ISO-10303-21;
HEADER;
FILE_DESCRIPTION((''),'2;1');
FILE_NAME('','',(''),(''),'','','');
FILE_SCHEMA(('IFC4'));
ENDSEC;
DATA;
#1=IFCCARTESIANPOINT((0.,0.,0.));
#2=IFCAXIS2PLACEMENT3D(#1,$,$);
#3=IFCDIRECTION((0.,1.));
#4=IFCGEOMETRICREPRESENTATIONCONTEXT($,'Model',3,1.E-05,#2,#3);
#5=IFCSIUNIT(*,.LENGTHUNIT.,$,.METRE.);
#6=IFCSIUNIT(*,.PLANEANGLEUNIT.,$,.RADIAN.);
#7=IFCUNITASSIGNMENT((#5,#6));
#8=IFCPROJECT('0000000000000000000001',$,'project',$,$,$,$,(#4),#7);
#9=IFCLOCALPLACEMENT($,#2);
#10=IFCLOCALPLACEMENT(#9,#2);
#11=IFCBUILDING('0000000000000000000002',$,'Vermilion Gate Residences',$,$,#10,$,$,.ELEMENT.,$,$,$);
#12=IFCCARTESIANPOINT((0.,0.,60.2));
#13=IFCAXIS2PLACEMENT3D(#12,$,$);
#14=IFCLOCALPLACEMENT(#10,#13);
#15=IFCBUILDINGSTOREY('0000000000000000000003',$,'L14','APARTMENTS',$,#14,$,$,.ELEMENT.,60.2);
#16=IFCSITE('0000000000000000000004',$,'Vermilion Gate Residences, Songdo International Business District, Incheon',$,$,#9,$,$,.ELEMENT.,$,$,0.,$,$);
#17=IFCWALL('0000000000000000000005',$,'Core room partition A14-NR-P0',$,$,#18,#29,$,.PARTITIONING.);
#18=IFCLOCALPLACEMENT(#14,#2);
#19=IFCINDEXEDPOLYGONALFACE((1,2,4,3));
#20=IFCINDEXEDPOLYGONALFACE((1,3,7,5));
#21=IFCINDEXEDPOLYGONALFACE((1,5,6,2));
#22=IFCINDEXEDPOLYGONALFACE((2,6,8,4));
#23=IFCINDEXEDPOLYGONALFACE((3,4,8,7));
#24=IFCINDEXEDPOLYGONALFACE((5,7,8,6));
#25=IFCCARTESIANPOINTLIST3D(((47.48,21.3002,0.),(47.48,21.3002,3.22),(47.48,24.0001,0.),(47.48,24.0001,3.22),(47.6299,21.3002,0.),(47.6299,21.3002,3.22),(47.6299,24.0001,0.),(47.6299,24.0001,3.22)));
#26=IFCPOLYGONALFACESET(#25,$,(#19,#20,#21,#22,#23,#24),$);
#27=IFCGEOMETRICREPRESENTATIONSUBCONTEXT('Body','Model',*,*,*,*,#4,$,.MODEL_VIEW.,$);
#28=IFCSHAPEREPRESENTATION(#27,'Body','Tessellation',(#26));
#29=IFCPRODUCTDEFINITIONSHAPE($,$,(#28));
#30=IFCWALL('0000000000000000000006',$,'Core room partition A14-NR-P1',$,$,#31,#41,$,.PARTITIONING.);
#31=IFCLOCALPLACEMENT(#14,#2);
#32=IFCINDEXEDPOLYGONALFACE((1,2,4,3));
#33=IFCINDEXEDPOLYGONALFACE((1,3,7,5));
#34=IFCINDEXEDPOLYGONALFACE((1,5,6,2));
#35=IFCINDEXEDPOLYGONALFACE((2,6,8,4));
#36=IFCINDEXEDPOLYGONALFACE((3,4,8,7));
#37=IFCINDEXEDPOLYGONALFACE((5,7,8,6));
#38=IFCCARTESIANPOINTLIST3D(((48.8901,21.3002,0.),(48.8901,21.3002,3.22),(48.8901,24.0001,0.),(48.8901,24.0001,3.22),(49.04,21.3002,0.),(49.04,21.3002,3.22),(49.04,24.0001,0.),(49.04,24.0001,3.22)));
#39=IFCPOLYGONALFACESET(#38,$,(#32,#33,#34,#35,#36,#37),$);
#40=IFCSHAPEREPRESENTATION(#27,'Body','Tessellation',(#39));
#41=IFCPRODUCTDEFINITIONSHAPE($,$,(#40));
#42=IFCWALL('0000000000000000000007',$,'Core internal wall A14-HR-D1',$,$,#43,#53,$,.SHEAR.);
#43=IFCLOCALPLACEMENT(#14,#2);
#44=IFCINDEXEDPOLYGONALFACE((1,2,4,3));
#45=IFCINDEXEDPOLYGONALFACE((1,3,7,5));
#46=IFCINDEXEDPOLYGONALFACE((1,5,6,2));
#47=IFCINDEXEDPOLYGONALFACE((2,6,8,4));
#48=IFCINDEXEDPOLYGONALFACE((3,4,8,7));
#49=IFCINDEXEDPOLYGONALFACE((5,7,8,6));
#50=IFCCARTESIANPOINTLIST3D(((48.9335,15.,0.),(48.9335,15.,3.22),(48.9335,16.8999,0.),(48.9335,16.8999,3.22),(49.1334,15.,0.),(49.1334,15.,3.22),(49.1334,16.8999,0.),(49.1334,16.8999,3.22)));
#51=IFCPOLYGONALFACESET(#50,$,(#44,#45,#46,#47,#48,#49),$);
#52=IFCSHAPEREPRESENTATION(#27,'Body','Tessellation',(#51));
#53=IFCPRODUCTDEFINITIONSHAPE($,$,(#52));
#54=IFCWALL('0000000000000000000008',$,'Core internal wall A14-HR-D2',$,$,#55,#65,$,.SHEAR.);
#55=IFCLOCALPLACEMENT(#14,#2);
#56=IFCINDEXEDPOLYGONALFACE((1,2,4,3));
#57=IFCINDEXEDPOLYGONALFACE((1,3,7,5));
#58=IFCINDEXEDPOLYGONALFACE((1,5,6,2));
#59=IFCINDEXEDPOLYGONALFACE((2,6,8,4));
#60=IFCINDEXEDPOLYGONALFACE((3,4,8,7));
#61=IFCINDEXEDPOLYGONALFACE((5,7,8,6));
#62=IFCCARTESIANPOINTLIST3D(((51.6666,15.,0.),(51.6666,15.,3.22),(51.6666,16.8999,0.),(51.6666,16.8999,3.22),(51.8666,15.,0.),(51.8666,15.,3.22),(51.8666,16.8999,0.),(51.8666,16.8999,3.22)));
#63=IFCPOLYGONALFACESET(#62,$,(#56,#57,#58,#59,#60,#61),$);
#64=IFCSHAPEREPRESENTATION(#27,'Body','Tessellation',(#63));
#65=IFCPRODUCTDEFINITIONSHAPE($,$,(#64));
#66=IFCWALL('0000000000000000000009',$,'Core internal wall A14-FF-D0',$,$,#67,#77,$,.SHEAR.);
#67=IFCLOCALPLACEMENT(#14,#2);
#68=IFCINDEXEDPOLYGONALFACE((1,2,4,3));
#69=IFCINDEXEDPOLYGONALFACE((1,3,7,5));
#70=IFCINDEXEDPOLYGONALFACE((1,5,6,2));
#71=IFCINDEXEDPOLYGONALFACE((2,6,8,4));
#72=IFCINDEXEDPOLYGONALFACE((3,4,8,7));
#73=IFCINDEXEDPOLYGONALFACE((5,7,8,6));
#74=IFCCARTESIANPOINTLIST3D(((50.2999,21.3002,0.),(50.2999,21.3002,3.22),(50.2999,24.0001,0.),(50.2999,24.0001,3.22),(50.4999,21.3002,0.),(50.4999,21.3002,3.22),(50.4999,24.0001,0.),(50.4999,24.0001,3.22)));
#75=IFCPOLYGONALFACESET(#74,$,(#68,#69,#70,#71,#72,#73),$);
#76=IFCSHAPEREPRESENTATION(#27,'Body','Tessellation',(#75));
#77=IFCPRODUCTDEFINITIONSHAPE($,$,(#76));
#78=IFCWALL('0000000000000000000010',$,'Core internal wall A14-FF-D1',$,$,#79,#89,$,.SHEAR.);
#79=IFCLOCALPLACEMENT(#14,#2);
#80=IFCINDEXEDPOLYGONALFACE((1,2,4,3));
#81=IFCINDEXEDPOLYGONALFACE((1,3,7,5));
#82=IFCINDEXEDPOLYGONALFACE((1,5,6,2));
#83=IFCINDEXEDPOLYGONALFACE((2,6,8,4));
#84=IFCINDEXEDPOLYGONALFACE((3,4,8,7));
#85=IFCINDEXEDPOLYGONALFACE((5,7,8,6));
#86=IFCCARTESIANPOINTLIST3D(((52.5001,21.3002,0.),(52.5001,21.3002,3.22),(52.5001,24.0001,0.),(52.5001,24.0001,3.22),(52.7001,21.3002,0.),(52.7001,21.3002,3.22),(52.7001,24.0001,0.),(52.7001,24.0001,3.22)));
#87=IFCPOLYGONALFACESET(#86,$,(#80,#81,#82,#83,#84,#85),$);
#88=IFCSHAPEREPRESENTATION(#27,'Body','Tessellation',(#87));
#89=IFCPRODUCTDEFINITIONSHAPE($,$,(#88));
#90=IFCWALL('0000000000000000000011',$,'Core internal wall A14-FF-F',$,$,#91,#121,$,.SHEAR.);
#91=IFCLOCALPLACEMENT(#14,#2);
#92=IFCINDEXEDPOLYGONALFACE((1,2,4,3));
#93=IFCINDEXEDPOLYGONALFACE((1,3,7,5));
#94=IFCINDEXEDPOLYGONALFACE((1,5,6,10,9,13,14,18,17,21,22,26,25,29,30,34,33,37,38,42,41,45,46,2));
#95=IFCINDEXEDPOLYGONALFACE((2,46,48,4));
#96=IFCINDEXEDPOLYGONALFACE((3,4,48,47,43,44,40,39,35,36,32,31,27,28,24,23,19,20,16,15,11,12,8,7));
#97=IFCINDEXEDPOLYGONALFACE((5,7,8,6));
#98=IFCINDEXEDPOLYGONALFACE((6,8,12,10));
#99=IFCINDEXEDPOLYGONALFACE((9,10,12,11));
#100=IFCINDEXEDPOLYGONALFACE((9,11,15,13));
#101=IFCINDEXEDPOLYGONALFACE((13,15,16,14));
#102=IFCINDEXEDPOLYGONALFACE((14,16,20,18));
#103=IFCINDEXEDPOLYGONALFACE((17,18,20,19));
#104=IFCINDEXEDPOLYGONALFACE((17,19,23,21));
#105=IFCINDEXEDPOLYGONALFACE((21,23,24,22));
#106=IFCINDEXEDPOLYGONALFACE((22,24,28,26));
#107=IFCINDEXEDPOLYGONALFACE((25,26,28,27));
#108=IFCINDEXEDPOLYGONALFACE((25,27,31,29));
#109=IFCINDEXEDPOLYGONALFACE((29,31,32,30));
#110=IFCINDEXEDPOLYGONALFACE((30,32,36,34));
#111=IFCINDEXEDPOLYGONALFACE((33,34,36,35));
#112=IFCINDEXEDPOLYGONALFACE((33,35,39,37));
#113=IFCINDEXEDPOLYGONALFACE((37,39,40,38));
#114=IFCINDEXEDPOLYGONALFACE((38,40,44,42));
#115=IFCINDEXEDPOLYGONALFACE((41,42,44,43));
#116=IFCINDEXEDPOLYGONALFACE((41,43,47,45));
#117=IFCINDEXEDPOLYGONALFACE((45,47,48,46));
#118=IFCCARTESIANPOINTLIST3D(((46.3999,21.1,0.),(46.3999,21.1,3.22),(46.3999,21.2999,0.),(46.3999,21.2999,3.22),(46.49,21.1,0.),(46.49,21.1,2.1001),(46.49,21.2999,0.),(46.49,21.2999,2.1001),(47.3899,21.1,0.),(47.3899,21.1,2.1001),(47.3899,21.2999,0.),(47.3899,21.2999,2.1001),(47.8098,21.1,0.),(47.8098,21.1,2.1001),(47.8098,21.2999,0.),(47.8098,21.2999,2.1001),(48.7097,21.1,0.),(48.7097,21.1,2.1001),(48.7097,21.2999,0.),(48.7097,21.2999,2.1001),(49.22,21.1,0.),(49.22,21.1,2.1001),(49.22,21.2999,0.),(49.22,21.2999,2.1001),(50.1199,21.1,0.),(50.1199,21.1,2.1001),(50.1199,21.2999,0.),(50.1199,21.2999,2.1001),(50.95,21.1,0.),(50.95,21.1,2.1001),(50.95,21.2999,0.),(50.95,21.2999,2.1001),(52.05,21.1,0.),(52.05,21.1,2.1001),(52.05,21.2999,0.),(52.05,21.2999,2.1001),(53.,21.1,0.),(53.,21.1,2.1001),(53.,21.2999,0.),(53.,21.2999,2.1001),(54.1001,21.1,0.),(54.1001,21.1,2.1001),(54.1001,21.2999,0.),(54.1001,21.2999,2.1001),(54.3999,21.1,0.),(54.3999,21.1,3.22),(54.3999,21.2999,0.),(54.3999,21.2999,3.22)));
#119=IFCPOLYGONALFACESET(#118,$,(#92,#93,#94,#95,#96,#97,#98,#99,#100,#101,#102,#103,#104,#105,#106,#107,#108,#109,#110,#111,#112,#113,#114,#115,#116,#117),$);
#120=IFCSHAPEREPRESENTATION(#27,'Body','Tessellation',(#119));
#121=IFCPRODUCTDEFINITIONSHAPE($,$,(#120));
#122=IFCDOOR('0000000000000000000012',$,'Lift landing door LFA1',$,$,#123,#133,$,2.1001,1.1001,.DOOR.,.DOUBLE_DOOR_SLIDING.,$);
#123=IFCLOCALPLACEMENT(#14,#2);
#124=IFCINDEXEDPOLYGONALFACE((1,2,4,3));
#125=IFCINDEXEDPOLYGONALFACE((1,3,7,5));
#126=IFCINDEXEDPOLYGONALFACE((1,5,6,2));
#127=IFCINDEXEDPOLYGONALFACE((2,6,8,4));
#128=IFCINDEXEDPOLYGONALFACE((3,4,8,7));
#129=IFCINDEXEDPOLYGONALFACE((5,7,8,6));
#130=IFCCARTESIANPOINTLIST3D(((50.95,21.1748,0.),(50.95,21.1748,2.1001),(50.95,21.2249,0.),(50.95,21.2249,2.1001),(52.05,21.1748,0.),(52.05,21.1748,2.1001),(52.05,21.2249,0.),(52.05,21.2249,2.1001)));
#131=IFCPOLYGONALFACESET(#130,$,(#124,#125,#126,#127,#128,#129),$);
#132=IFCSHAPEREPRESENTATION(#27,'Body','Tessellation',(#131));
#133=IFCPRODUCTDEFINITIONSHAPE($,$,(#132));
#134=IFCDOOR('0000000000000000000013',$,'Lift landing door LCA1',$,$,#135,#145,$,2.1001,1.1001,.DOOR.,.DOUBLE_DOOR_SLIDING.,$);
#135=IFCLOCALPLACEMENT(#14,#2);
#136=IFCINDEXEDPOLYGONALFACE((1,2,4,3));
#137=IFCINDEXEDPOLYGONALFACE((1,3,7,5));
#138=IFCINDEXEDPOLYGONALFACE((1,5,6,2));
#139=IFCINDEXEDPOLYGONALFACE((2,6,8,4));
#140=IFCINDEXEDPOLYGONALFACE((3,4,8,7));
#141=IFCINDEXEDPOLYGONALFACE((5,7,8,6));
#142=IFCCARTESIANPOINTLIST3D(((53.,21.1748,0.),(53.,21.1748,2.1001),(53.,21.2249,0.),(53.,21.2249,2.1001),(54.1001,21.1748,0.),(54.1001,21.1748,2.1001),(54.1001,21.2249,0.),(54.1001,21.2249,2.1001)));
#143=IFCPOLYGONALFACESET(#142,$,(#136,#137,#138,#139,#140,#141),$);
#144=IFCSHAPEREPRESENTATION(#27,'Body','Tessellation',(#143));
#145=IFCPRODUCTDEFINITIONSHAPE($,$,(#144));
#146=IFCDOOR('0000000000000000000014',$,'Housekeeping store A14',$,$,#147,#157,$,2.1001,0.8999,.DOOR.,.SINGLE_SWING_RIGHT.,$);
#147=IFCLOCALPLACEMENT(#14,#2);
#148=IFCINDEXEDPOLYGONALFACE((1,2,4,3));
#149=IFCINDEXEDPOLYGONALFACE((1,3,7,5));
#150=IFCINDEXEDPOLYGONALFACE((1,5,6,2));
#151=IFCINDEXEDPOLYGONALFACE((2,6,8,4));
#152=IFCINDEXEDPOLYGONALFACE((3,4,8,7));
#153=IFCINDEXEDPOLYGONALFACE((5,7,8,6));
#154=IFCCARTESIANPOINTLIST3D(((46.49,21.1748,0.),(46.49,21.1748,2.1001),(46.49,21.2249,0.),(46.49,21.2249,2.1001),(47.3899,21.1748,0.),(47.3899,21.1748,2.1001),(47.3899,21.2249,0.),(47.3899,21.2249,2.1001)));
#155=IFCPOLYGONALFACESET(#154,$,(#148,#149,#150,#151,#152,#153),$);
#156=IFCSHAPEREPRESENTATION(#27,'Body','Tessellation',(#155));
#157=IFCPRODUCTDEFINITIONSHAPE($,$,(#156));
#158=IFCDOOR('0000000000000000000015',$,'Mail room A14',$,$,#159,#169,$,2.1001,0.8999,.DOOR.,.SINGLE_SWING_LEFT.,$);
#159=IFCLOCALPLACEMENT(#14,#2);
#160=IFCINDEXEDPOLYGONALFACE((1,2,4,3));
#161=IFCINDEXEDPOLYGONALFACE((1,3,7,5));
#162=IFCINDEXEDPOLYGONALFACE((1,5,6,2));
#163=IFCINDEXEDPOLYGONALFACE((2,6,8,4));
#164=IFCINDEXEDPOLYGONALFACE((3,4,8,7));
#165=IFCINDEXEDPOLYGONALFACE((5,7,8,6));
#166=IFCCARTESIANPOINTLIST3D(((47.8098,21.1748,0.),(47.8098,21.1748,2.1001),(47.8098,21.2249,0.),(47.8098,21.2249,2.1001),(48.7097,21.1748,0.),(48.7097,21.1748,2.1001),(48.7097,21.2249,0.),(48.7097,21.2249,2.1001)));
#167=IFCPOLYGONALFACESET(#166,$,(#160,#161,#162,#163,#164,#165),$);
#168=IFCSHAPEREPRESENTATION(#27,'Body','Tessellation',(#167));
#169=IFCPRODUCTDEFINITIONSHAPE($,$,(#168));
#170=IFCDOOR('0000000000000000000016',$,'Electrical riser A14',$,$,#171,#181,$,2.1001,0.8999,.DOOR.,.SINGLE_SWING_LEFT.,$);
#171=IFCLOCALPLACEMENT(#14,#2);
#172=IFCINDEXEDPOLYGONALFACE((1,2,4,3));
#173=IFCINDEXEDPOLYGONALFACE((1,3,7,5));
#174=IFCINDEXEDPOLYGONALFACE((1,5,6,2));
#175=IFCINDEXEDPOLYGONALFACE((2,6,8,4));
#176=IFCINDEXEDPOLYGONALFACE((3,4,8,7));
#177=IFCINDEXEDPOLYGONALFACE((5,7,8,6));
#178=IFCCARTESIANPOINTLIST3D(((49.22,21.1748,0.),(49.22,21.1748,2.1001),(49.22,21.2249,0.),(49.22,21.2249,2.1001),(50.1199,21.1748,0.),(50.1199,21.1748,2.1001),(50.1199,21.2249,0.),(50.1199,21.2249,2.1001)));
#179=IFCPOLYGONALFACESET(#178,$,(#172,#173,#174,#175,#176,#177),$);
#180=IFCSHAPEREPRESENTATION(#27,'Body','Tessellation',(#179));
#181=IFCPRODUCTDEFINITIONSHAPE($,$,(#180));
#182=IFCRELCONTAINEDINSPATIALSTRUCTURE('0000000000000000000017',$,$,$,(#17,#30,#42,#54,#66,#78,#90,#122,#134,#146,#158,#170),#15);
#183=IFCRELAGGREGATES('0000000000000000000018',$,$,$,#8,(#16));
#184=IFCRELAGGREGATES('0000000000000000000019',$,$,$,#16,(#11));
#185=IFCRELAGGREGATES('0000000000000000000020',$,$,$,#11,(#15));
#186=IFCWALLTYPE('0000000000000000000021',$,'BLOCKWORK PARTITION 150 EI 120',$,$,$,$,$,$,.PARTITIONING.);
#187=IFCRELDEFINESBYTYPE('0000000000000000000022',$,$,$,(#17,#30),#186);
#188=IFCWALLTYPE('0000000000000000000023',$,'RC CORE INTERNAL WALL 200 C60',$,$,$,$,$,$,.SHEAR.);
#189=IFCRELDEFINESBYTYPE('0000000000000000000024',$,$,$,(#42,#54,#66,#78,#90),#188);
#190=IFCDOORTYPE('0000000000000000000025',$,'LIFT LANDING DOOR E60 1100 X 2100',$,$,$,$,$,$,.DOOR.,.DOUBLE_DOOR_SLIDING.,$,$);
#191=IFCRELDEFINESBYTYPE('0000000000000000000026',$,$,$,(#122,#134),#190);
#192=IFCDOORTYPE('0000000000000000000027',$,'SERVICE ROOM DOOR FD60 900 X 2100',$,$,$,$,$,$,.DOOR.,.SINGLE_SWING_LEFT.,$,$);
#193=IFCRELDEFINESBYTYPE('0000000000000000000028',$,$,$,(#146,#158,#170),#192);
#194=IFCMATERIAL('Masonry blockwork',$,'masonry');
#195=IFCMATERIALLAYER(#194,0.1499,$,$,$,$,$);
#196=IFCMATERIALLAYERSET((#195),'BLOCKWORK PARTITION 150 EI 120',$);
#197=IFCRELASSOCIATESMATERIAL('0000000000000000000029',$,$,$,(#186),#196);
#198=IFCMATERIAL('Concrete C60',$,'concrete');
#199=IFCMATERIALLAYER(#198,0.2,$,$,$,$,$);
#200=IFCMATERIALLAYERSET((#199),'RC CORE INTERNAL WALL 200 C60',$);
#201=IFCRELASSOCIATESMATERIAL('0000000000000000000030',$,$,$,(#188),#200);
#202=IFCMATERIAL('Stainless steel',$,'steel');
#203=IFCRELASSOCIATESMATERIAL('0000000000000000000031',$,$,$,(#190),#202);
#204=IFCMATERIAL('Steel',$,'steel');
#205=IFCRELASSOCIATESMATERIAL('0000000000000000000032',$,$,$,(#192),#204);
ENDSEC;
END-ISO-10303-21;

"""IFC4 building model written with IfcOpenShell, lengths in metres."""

from ifc_helpers import new_model, si_unit, direction, frame, frame_2d, origin, place, context, subcontext, project, spatial, rectangle, extrude, material, layer, layer_set, type_object, element, fill, save


model = new_model("IFC4")

# Units and contexts
model_context = context("Model", 3, precision=1e-05, world=origin(), true_north=direction((0.0, 1.0)))
body_context = subcontext(model_context, "Body", "Model", "MODEL_VIEW")
ifc_project = project(units=[si_unit("LENGTHUNIT", "METRE"), si_unit("PLANEANGLEUNIT", "RADIAN")], contexts=[model_context])

# Site, building, storey
site_placement = place(None, origin())
site = spatial("IfcSite", under=ifc_project, at=site_placement, Name="Vermilion Gate Residences, Songdo International Business District, Incheon", CompositionType="ELEMENT", RefElevation=0.0)
building_placement = place(site_placement, origin())
building = spatial("IfcBuilding", under=site, at=building_placement, Name="Vermilion Gate Residences", CompositionType="ELEMENT")
storey_placement = place(building_placement, frame((0.0, 0.0, 60.2)))
storey = spatial("IfcBuildingStorey", under=building, at=storey_placement, Name="L14", Description="APARTMENTS", CompositionType="ELEMENT", Elevation=60.2)

# Walls
ifc_material_1 = material(Name="Masonry blockwork", Category="masonry")
ifc_layer_1 = layer(ifc_material_1, 0.1499)
ifc_layer_set_1 = layer_set([ifc_layer_1], Name="BLOCKWORK PARTITION 150 EI 120")
wall_type_1 = type_object("IfcWallType", Name="BLOCKWORK PARTITION 150 EI 120", PredefinedType="PARTITIONING", material=ifc_layer_set_1)
for number, where, z_axis, x_axis, name in (
    (1, (47.5549, 21.3, 0.0), (0.0, 0.0, 1.0), (0.0, 1.0, 0.0), "Core room partition A14-NR-P0"),
    (2, (48.9651, 21.3, 0.0), (0.0, 0.0, 1.0), (0.0, 1.0, 0.0), "Core room partition A14-NR-P1"),
):
    element("IfcWall", number, at=place(storey_placement, frame(where, z_axis=z_axis, x_axis=x_axis)), inside=storey, type_object=wall_type_1, Name=name, PredefinedType="PARTITIONING", context=body_context, shape_type="SweptSolid", body=[
        extrude(rectangle(XDim=2.7, YDim=0.1499, at=frame_2d((1.3501, 0.0))), origin(), (0.0, 0.0, 1.0), 3.22),
    ])
ifc_material_2 = material(Name="Concrete C60", Category="concrete")
ifc_layer_2 = layer(ifc_material_2, 0.2)
ifc_layer_set_2 = layer_set([ifc_layer_2], Name="RC CORE INTERNAL WALL 200 C60")
wall_type_2 = type_object("IfcWallType", Name="RC CORE INTERNAL WALL 200 C60", PredefinedType="SHEAR", material=ifc_layer_set_2)
for number, where, z_axis, x_axis, name in (
    (3, (49.0334, 15.0, 0.0), (0.0, 0.0, 1.0), (0.0, 1.0, 0.0), "Core internal wall A14-HR-D1"),
    (4, (51.7666, 15.0, 0.0), (0.0, 0.0, 1.0), (0.0, 1.0, 0.0), "Core internal wall A14-HR-D2"),
):
    element("IfcWall", number, at=place(storey_placement, frame(where, z_axis=z_axis, x_axis=x_axis)), inside=storey, type_object=wall_type_2, Name=name, PredefinedType="SHEAR", context=body_context, shape_type="SweptSolid", body=[
        extrude(rectangle(XDim=1.8999, YDim=0.2, at=frame_2d((0.95, 0.0))), origin(), (0.0, 0.0, 1.0), 3.22),
    ])
for number, where, z_axis, x_axis, name in (
    (5, (50.3999, 21.3, 0.0), (0.0, 0.0, 1.0), (0.0, 1.0, 0.0), "Core internal wall A14-FF-D0"),
    (6, (52.6001, 21.3, 0.0), (0.0, 0.0, 1.0), (0.0, 1.0, 0.0), "Core internal wall A14-FF-D1"),
):
    element("IfcWall", number, at=place(storey_placement, frame(where, z_axis=z_axis, x_axis=x_axis)), inside=storey, type_object=wall_type_2, Name=name, PredefinedType="SHEAR", context=body_context, shape_type="SweptSolid", body=[
        extrude(rectangle(XDim=2.7, YDim=0.2, at=frame_2d((1.3501, 0.0))), origin(), (0.0, 0.0, 1.0), 3.22),
    ])

# Wall, openings, doors
wall_1_placement = place(storey_placement, frame((46.3999, 21.2, 0.0), z_axis=(0.0, 0.0, 1.0), x_axis=(1.0, 0.0, 0.0)))
wall_1 = element("IfcWall", 7, at=wall_1_placement, inside=storey, type_object=wall_type_2, Name="Core internal wall A14-FF-F", PredefinedType="SHEAR", context=body_context, shape_type="SweptSolid", body=[
    extrude(rectangle(XDim=8.0, YDim=0.2, at=frame_2d((4.0, 0.0))), origin(), (0.0, 0.0, 1.0), 3.22),
])
opening_1_placement = place(wall_1_placement, frame((0.0901, 0.0, 0.0)))
opening_1 = element("IfcOpeningElement", 8, at=opening_1_placement, cuts=wall_1, PredefinedType="OPENING", context=body_context, shape_type="SweptSolid", body=[
    extrude(rectangle(XDim=0.8999, YDim=2.1001, at=frame_2d((0.45, 1.05))), frame((0.0, 0.1099, 0.0), z_axis=(0.0, -1.0, 0.0), x_axis=(1.0, 0.0, 0.0)), (0.0, 0.0, 1.0), 0.22),
])
opening_2_placement = place(wall_1_placement, frame((1.4099, 0.0, 0.0)))
opening_2 = element("IfcOpeningElement", 9, at=opening_2_placement, cuts=wall_1, PredefinedType="OPENING", context=body_context, shape_type="SweptSolid", body=[
    extrude(rectangle(XDim=0.8999, YDim=2.1001, at=frame_2d((0.45, 1.05))), frame((0.0, 0.1099, 0.0), z_axis=(0.0, -1.0, 0.0), x_axis=(1.0, 0.0, 0.0)), (0.0, 0.0, 1.0), 0.22),
])
opening_3_placement = place(wall_1_placement, frame((2.8201, 0.0, 0.0)))
opening_3 = element("IfcOpeningElement", 10, at=opening_3_placement, cuts=wall_1, PredefinedType="OPENING", context=body_context, shape_type="SweptSolid", body=[
    extrude(rectangle(XDim=0.8999, YDim=2.1001, at=frame_2d((0.45, 1.05))), frame((0.0, 0.1099, 0.0), z_axis=(0.0, -1.0, 0.0), x_axis=(1.0, 0.0, 0.0)), (0.0, 0.0, 1.0), 0.22),
])
opening_4_placement = place(wall_1_placement, frame((4.55, 0.0, 0.0)))
opening_4 = element("IfcOpeningElement", 11, at=opening_4_placement, cuts=wall_1, PredefinedType="OPENING", context=body_context, shape_type="SweptSolid", body=[
    extrude(rectangle(XDim=1.1001, YDim=2.1001, at=frame_2d((0.55, 1.05))), frame((0.0, 0.1099, 0.0), z_axis=(0.0, -1.0, 0.0), x_axis=(1.0, 0.0, 0.0)), (0.0, 0.0, 1.0), 0.22),
])
opening_5_placement = place(wall_1_placement, frame((6.6001, 0.0, 0.0)))
opening_5 = element("IfcOpeningElement", 12, at=opening_5_placement, cuts=wall_1, PredefinedType="OPENING", context=body_context, shape_type="SweptSolid", body=[
    extrude(rectangle(XDim=1.1001, YDim=2.1001, at=frame_2d((0.55, 1.05))), frame((0.0, 0.1099, 0.0), z_axis=(0.0, -1.0, 0.0), x_axis=(1.0, 0.0, 0.0)), (0.0, 0.0, 1.0), 0.22),
])
ifc_material_3 = material(Name="Stainless steel", Category="steel")
door_type_1 = type_object("IfcDoorType", Name="LIFT LANDING DOOR E60 1100 X 2100", OperationType="DOUBLE_DOOR_SLIDING", PredefinedType="DOOR", material=ifc_material_3)
door_1_placement = place(opening_4_placement, origin())
door_1 = element("IfcDoor", 13, at=door_1_placement, inside=storey, type_object=door_type_1, Name="Lift landing door LFA1", OperationType="DOUBLE_DOOR_SLIDING", OverallHeight=2.1001, OverallWidth=1.1001, PredefinedType="DOOR", context=body_context, shape_type="SweptSolid", body=[
    extrude(rectangle(XDim=1.1001, YDim=2.1001, at=frame_2d((0.55, 1.05))), frame((0.0, 0.0249, 0.0), z_axis=(0.0, -1.0, 0.0), x_axis=(1.0, 0.0, 0.0)), (0.0, 0.0, 1.0), 0.05),
])
fill(opening_4, door_1)
door_2_placement = place(opening_5_placement, origin())
door_2 = element("IfcDoor", 14, at=door_2_placement, inside=storey, type_object=door_type_1, Name="Lift landing door LCA1", OperationType="DOUBLE_DOOR_SLIDING", OverallHeight=2.1001, OverallWidth=1.1001, PredefinedType="DOOR", context=body_context, shape_type="SweptSolid", body=[
    extrude(rectangle(XDim=1.1001, YDim=2.1001, at=frame_2d((0.55, 1.05))), frame((0.0, 0.0249, 0.0), z_axis=(0.0, -1.0, 0.0), x_axis=(1.0, 0.0, 0.0)), (0.0, 0.0, 1.0), 0.05),
])
fill(opening_5, door_2)
ifc_material_4 = material(Name="Steel", Category="steel")
door_type_2 = type_object("IfcDoorType", Name="SERVICE ROOM DOOR FD60 900 X 2100", OperationType="SINGLE_SWING_LEFT", PredefinedType="DOOR", material=ifc_material_4)
door_3_placement = place(opening_1_placement, origin())
door_3 = element("IfcDoor", 15, at=door_3_placement, inside=storey, type_object=door_type_2, Name="Housekeeping store A14", OperationType="SINGLE_SWING_RIGHT", OverallHeight=2.1001, OverallWidth=0.8999, PredefinedType="DOOR", context=body_context, shape_type="SweptSolid", body=[
    extrude(rectangle(XDim=0.8999, YDim=2.1001, at=frame_2d((0.45, 1.05))), frame((0.0, 0.0249, 0.0), z_axis=(0.0, -1.0, 0.0), x_axis=(1.0, 0.0, 0.0)), (0.0, 0.0, 1.0), 0.05),
])
fill(opening_1, door_3)
door_4_placement = place(opening_2_placement, origin())
door_4 = element("IfcDoor", 16, at=door_4_placement, inside=storey, type_object=door_type_2, Name="Mail room A14", OperationType="SINGLE_SWING_LEFT", OverallHeight=2.1001, OverallWidth=0.8999, PredefinedType="DOOR", context=body_context, shape_type="SweptSolid", body=[
    extrude(rectangle(XDim=0.8999, YDim=2.1001, at=frame_2d((0.45, 1.05))), frame((0.0, 0.0249, 0.0), z_axis=(0.0, -1.0, 0.0), x_axis=(1.0, 0.0, 0.0)), (0.0, 0.0, 1.0), 0.05),
])
fill(opening_2, door_4)
door_5_placement = place(opening_3_placement, origin())
door_5 = element("IfcDoor", 17, at=door_5_placement, inside=storey, type_object=door_type_2, Name="Electrical riser A14", OperationType="SINGLE_SWING_LEFT", OverallHeight=2.1001, OverallWidth=0.8999, PredefinedType="DOOR", context=body_context, shape_type="SweptSolid", body=[
    extrude(rectangle(XDim=0.8999, YDim=2.1001, at=frame_2d((0.45, 1.05))), frame((0.0, 0.0249, 0.0), z_axis=(0.0, -1.0, 0.0), x_axis=(1.0, 0.0, 0.0)), (0.0, 0.0, 1.0), 0.05),
])
fill(opening_3, door_5)

save(model, "model.ifc")
